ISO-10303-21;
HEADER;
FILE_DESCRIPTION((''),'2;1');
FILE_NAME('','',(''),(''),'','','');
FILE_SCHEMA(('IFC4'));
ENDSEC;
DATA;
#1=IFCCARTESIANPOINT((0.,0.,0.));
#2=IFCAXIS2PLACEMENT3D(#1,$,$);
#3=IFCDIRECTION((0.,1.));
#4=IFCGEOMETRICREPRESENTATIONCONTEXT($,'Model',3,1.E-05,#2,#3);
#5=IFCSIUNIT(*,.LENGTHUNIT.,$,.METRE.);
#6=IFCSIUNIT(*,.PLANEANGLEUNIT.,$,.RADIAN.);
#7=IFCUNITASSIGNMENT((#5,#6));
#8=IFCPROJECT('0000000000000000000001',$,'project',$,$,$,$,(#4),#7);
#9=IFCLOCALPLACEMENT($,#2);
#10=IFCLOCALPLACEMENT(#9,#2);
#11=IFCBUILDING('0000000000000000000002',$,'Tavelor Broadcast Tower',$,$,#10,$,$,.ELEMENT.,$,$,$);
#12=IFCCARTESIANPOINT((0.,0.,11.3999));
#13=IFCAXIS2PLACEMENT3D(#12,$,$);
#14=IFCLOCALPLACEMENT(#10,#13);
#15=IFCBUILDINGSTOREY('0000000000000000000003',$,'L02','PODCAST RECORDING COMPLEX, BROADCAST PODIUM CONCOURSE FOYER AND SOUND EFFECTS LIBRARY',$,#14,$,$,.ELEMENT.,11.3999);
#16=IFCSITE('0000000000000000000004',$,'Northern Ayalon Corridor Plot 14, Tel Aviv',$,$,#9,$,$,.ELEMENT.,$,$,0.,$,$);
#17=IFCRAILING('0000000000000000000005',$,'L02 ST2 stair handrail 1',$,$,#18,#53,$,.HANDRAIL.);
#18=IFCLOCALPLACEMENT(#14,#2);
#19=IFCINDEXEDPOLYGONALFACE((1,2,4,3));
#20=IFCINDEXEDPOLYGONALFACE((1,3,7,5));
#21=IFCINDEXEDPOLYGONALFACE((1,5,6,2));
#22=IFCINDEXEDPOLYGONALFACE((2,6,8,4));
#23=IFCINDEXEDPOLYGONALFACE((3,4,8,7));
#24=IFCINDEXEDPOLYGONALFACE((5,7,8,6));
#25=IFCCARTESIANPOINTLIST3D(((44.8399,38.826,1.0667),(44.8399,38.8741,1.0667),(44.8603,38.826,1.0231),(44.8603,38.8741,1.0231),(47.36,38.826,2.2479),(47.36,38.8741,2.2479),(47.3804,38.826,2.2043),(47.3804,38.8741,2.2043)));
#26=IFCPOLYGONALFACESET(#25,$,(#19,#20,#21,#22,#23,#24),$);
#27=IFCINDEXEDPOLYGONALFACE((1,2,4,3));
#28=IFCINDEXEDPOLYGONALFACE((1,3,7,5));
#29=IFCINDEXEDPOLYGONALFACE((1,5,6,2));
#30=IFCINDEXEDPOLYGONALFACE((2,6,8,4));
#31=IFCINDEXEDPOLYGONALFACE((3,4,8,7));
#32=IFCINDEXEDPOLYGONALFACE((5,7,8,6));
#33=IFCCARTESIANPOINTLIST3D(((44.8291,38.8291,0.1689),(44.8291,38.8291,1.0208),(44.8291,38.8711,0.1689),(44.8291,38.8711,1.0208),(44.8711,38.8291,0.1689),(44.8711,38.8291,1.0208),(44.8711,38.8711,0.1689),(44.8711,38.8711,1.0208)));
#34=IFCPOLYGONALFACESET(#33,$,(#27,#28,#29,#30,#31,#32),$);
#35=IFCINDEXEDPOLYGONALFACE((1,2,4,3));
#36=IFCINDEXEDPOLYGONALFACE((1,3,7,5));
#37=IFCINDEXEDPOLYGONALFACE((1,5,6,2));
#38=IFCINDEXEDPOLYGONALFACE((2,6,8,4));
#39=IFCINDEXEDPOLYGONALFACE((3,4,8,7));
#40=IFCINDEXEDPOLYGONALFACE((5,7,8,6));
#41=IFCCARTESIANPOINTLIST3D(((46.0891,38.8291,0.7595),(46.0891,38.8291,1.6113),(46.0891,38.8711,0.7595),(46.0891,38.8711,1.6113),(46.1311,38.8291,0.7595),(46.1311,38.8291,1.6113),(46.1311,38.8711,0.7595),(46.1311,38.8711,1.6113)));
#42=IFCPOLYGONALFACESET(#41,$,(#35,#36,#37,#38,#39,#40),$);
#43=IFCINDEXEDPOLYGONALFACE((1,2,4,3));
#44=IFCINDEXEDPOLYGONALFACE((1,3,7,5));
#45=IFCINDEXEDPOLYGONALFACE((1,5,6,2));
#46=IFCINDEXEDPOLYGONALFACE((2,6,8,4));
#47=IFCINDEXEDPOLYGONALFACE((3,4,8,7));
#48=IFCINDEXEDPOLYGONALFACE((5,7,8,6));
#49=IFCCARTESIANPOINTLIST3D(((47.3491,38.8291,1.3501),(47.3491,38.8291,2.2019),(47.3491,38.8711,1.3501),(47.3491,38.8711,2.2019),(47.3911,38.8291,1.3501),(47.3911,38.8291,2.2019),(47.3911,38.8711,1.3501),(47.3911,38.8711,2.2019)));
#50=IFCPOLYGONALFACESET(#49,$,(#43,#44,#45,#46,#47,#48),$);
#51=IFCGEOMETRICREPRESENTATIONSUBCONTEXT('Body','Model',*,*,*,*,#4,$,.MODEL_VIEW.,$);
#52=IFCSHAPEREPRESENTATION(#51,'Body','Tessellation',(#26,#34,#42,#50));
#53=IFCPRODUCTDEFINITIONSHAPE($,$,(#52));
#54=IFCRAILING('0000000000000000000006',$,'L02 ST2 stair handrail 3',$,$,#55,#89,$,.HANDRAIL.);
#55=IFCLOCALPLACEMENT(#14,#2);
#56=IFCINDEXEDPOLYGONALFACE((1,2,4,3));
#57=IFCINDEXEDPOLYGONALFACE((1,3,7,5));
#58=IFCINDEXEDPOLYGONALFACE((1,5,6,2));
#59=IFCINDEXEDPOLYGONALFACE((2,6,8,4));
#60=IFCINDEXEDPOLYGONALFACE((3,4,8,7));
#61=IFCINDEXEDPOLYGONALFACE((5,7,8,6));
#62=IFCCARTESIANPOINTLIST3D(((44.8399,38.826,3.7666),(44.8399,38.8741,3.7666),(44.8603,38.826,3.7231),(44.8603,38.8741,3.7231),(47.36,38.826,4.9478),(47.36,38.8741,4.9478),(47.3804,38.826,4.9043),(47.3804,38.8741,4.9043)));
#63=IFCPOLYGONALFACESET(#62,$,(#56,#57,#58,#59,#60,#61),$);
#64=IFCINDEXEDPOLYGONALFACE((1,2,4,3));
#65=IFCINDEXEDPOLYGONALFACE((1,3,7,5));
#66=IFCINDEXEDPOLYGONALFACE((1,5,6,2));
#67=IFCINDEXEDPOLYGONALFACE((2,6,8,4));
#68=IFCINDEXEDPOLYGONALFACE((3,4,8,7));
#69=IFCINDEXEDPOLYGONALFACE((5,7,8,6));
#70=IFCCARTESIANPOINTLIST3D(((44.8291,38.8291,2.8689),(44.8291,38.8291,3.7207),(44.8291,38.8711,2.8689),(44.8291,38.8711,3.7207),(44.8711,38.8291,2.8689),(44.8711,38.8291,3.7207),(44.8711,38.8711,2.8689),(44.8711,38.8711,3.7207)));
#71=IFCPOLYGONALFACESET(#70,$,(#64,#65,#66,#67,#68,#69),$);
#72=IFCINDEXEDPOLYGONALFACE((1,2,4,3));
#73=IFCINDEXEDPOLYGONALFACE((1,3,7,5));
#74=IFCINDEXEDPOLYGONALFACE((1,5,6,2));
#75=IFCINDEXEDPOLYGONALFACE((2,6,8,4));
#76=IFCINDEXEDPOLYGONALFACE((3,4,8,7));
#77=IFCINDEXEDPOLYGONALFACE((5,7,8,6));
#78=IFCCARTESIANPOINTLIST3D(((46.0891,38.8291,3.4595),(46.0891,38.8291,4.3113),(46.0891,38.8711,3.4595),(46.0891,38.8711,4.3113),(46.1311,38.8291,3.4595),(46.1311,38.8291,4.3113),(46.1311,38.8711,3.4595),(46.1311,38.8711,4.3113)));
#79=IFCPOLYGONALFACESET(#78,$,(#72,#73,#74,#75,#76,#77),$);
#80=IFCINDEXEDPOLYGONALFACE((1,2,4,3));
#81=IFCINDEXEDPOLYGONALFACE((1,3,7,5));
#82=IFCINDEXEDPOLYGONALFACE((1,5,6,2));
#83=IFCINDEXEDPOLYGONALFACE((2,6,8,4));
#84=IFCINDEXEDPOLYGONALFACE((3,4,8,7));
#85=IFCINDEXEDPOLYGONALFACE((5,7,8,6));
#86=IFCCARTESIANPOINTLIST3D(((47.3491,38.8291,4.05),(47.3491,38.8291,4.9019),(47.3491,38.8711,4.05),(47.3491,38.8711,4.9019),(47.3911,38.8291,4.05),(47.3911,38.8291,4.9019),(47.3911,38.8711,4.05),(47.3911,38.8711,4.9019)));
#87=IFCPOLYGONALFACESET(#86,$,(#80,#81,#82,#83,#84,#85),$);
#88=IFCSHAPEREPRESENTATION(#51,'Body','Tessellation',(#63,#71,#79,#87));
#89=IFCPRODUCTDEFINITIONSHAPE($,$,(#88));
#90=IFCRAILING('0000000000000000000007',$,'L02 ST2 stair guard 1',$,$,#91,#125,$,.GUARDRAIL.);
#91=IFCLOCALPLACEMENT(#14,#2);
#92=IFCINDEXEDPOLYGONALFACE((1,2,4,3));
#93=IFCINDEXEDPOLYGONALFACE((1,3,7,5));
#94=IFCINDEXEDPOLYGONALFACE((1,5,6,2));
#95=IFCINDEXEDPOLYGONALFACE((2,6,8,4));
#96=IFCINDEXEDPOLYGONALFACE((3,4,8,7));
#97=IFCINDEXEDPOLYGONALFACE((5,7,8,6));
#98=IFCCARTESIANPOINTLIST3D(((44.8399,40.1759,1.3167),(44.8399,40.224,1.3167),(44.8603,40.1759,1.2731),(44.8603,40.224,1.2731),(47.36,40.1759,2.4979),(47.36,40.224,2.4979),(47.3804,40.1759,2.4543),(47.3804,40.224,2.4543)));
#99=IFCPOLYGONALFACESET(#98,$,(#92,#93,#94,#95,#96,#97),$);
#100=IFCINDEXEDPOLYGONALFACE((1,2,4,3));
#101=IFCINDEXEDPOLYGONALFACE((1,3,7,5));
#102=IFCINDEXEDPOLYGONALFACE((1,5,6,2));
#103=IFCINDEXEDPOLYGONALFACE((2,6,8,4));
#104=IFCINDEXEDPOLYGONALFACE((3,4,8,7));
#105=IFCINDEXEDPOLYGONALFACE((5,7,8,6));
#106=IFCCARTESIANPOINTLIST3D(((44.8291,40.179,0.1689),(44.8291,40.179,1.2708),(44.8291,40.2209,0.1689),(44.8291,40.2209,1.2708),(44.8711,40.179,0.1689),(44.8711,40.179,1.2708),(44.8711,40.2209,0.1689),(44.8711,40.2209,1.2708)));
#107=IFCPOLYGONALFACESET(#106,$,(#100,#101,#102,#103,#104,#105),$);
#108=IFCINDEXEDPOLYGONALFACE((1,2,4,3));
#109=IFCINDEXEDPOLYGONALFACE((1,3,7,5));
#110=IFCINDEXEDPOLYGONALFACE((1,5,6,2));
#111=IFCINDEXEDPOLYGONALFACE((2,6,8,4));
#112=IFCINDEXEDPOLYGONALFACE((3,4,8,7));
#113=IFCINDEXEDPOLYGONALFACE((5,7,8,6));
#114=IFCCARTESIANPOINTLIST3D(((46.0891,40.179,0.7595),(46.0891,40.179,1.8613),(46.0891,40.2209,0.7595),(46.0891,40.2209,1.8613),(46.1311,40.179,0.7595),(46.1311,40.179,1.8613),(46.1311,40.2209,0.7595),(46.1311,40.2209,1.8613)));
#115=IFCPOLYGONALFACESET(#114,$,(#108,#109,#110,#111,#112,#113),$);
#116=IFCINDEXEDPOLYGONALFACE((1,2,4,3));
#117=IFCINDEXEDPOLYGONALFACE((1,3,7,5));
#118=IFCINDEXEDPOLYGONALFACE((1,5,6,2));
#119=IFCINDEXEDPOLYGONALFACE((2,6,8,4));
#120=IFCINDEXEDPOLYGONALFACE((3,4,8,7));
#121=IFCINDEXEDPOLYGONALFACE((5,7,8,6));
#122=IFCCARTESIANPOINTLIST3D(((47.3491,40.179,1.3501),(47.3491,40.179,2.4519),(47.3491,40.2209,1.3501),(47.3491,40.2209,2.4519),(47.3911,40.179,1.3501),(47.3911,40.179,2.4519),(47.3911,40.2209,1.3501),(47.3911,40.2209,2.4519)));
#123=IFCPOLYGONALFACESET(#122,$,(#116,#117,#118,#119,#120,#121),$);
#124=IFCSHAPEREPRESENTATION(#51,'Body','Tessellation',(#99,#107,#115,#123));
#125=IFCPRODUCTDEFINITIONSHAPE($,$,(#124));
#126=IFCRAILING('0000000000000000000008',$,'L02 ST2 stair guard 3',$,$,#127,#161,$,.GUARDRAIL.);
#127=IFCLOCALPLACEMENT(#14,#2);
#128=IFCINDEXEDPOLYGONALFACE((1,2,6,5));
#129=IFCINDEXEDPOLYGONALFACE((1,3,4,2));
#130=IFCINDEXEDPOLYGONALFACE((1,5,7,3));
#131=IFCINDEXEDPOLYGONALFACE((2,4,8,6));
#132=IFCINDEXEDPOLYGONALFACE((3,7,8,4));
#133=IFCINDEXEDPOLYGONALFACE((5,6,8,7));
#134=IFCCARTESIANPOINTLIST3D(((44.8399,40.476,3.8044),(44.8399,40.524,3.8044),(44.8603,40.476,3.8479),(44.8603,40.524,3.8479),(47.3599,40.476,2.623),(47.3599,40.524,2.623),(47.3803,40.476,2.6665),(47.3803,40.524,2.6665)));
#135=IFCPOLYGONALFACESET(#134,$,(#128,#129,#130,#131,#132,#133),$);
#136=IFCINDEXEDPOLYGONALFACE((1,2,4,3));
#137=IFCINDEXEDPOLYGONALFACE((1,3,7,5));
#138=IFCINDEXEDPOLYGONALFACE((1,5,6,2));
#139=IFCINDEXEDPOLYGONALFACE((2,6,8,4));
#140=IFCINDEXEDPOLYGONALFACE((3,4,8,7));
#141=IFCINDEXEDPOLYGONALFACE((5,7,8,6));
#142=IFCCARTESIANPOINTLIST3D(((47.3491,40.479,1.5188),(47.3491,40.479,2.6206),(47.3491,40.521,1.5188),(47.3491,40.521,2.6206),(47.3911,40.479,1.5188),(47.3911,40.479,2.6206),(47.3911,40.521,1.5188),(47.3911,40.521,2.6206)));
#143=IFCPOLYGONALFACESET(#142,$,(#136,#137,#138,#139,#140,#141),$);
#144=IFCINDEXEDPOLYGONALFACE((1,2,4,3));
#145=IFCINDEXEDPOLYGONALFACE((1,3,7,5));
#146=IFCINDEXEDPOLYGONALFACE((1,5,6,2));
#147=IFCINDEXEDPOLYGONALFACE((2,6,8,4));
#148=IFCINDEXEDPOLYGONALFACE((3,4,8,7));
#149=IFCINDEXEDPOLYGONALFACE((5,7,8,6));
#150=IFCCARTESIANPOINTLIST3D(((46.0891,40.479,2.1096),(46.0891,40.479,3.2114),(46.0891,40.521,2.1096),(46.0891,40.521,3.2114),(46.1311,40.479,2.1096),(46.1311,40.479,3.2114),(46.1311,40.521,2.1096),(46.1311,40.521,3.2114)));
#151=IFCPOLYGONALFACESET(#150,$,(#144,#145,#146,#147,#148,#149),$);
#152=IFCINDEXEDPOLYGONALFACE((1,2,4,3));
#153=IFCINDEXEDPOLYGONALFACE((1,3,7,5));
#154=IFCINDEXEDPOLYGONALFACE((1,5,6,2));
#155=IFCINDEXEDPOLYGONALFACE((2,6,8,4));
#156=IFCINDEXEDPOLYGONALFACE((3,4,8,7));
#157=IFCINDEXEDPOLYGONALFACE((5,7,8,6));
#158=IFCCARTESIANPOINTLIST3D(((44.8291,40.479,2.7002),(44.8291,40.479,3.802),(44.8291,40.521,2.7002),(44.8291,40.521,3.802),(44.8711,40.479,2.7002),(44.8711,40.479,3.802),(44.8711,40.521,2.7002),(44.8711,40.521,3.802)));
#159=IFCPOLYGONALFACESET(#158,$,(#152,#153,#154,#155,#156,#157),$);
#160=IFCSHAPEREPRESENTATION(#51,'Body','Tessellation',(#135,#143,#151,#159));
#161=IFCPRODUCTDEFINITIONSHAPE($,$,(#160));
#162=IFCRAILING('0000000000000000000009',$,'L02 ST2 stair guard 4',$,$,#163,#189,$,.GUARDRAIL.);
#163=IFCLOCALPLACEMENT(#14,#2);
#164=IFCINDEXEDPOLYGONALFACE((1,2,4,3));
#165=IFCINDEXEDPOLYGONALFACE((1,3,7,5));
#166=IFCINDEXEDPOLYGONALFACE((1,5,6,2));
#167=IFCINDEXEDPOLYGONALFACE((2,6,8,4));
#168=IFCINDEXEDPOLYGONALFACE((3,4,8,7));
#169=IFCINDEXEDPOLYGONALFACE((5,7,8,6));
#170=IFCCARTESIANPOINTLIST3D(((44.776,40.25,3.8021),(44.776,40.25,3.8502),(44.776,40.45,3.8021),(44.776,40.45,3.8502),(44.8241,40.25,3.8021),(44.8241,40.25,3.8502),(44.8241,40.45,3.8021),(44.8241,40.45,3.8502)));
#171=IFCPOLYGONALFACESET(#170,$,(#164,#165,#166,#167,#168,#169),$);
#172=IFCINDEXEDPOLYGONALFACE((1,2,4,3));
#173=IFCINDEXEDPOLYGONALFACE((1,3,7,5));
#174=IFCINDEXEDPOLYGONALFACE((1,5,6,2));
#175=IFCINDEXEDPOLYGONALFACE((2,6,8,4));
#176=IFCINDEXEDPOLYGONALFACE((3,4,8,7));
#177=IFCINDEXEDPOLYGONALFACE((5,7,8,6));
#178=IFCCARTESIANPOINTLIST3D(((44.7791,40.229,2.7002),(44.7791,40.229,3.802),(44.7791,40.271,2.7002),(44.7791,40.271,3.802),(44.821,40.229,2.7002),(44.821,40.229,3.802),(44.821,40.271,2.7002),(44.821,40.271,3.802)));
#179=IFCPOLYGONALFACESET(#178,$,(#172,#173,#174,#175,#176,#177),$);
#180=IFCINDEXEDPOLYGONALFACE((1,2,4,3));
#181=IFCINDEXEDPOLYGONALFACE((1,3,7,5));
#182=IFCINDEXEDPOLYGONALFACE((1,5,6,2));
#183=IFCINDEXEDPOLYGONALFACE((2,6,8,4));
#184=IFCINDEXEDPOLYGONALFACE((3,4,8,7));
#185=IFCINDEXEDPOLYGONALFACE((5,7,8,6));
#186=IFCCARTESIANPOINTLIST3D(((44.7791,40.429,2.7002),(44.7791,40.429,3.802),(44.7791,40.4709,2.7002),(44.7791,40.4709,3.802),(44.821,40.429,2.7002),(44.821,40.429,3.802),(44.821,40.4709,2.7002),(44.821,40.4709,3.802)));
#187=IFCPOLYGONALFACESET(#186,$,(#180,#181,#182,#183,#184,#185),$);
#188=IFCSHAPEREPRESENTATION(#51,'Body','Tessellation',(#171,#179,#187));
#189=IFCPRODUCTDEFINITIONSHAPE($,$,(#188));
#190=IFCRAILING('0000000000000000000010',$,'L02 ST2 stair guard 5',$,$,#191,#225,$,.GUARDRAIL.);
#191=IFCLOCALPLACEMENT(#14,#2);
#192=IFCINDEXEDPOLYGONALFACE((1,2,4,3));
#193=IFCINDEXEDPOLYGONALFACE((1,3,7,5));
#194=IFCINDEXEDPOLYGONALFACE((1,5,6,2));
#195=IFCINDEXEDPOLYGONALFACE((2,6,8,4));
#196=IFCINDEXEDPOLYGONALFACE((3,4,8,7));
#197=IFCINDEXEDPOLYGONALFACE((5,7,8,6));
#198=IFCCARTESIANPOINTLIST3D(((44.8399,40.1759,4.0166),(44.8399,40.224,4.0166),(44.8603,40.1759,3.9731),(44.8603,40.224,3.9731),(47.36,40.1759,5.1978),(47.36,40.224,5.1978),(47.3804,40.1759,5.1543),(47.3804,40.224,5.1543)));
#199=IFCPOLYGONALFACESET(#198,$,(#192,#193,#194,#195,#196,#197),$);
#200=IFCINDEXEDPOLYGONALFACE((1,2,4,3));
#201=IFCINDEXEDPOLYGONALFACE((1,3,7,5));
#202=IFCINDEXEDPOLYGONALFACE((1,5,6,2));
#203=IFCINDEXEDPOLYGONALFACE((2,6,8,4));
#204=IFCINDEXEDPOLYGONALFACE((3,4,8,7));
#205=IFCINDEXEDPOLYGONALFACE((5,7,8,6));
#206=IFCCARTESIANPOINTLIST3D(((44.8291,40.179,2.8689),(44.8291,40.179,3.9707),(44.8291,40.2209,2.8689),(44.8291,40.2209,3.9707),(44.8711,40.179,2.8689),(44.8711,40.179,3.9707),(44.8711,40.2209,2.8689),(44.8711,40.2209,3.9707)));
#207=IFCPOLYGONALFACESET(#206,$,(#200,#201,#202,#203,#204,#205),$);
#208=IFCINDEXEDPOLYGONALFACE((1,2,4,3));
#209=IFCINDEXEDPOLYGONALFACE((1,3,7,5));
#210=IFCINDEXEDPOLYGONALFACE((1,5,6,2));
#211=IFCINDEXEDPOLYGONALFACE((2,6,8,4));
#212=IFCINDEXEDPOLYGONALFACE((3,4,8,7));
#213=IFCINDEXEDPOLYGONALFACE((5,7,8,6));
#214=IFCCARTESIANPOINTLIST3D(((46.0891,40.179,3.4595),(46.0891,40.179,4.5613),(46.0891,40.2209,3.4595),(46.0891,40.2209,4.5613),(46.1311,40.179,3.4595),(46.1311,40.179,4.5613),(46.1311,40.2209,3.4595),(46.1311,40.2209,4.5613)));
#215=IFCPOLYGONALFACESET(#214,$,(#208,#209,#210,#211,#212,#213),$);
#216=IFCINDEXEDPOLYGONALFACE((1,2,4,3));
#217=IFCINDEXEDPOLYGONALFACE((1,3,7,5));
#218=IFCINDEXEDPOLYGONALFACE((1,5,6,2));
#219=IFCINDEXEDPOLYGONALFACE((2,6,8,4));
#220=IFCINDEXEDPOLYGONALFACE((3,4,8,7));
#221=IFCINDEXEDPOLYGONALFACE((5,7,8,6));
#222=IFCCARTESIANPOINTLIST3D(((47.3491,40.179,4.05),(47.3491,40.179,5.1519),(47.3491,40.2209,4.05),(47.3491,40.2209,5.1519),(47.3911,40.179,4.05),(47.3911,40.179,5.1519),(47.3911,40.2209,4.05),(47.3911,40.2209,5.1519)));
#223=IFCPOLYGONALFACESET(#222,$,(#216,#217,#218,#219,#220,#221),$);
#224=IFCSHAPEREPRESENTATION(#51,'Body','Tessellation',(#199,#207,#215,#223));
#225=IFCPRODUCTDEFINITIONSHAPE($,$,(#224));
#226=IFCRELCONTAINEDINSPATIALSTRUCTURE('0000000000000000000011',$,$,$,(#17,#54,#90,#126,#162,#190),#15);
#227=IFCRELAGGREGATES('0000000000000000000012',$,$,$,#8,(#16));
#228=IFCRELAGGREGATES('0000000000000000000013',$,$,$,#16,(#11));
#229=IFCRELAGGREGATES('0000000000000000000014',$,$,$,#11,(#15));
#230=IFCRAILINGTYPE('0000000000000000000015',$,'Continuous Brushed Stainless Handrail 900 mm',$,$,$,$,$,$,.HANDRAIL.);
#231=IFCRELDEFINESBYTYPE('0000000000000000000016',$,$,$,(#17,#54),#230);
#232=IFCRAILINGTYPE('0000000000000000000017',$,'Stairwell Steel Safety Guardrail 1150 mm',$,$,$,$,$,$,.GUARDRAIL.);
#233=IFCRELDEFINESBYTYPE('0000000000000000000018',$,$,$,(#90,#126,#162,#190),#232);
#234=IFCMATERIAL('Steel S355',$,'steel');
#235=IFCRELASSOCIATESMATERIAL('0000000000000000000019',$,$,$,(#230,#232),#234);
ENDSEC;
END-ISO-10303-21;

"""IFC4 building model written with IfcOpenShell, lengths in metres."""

from ifc_helpers import new_model, si_unit, direction, frame, origin, origin_2d, place, context, subcontext, project, spatial, rectangle, extrude, material, type_object, element, save


model = new_model("IFC4")

# Units and contexts
model_context = context("Model", 3, precision=1e-05, world=origin(), true_north=direction((0.0, 1.0)))
body_context = subcontext(model_context, "Body", "Model", "MODEL_VIEW")
ifc_project = project(units=[si_unit("LENGTHUNIT", "METRE"), si_unit("PLANEANGLEUNIT", "RADIAN")], contexts=[model_context])

# Site, building, storey
site_placement = place(None, origin())
site = spatial("IfcSite", under=ifc_project, at=site_placement, Name="Northern Ayalon Corridor Plot 14, Tel Aviv", CompositionType="ELEMENT", RefElevation=0.0)
building_placement = place(site_placement, origin())
building = spatial("IfcBuilding", under=site, at=building_placement, Name="Tavelor Broadcast Tower", CompositionType="ELEMENT")
storey_placement = place(building_placement, frame((0.0, 0.0, 11.3999)))
storey = spatial("IfcBuildingStorey", under=building, at=storey_placement, Name="L02", Description="PODCAST RECORDING COMPLEX, BROADCAST PODIUM CONCOURSE FOYER AND SOUND EFFECTS LIBRARY", CompositionType="ELEMENT", Elevation=11.3999)

# Shared definitions
ifc_material_1 = material(Name="Steel S355", Category="steel")

# Railings
railing_type_1 = type_object("IfcRailingType", Name="Continuous Brushed Stainless Handrail 900 mm", PredefinedType="HANDRAIL", material=ifc_material_1)
for number, where, name in (
    (1, (44.8501, 38.8501, 0.1689), "L02 ST2 stair handrail 1"),
    (2, (44.8501, 38.8501, 2.8689), "L02 ST2 stair handrail 3"),
):
    element("IfcRailing", number, at=place(storey_placement, frame(where)), inside=storey, type_object=railing_type_1, Name=name, PredefinedType="HANDRAIL", context=body_context, shape_type="SweptSolid", body=[
        extrude(rectangle(XDim=0.0481, YDim=0.0481, at=origin_2d()), frame((0.0, 0.0, 0.876), z_axis=(0.905474, 0.0, 0.424402), x_axis=(0.0, 1.0, 0.0)), (0.0, 0.0, 1.0), 2.7832),
        extrude(rectangle(XDim=0.042, YDim=0.042, at=origin_2d()), origin(), (0.0, 0.0, 1.0), 0.8518),
        extrude(rectangle(XDim=0.042, YDim=0.042, at=origin_2d()), frame((1.26, 0.0, 0.5906)), (0.0, 0.0, 1.0), 0.8518),
        extrude(rectangle(XDim=0.042, YDim=0.042, at=origin_2d()), frame((2.52, 0.0, 1.1812)), (0.0, 0.0, 1.0), 0.8518),
    ])
railing_type_2 = type_object("IfcRailingType", Name="Stairwell Steel Safety Guardrail 1150 mm", PredefinedType="GUARDRAIL", material=ifc_material_1)
railing_1_placement = place(storey_placement, frame((44.8501, 40.2, 0.1689)))
element("IfcRailing", 3, at=railing_1_placement, inside=storey, type_object=railing_type_2, Name="L02 ST2 stair guard 1", PredefinedType="GUARDRAIL", context=body_context, shape_type="SweptSolid", body=[
    extrude(rectangle(XDim=0.0481, YDim=0.0481, at=origin_2d()), frame((0.0, 0.0, 1.126), z_axis=(0.905474, 0.0, 0.424402), x_axis=(0.0, 1.0, 0.0)), (0.0, 0.0, 1.0), 2.7832),
    extrude(rectangle(XDim=0.042, YDim=0.042, at=origin_2d()), origin(), (0.0, 0.0, 1.0), 1.1018),
    extrude(rectangle(XDim=0.042, YDim=0.042, at=origin_2d()), frame((1.26, 0.0, 0.5906)), (0.0, 0.0, 1.0), 1.1018),
    extrude(rectangle(XDim=0.042, YDim=0.042, at=origin_2d()), frame((2.52, 0.0, 1.1812)), (0.0, 0.0, 1.0), 1.1018),
])
railing_2_placement = place(storey_placement, frame((47.3701, 40.5, 1.5188)))
element("IfcRailing", 4, at=railing_2_placement, inside=storey, type_object=railing_type_2, Name="L02 ST2 stair guard 3", PredefinedType="GUARDRAIL", context=body_context, shape_type="SweptSolid", body=[
    extrude(rectangle(XDim=0.0481, YDim=0.0481, at=origin_2d()), frame((0.0, 0.0, 1.126), z_axis=(-0.90544, 0.0, 0.424474), x_axis=(0.0, -1.0, 0.0)), (0.0, 0.0, 1.0), 2.7832),
    extrude(rectangle(XDim=0.042, YDim=0.042, at=origin_2d()), origin(), (0.0, 0.0, 1.0), 1.1018),
    extrude(rectangle(XDim=0.042, YDim=0.042, at=origin_2d()), frame((-1.26, 0.0, 0.5908)), (0.0, 0.0, 1.0), 1.1018),
    extrude(rectangle(XDim=0.042, YDim=0.042, at=origin_2d()), frame((-2.52, 0.0, 1.1814)), (0.0, 0.0, 1.0), 1.1018),
])
railing_3_placement = place(storey_placement, frame((44.8, 40.25, 2.7002)))
element("IfcRailing", 5, at=railing_3_placement, inside=storey, type_object=railing_type_2, Name="L02 ST2 stair guard 4", PredefinedType="GUARDRAIL", context=body_context, shape_type="SweptSolid", body=[
    extrude(rectangle(XDim=0.0481, YDim=0.0481, at=origin_2d()), frame((0.0, 0.0, 1.126), z_axis=(0.0, 1.0, 0.0), x_axis=(-1.0, 0.0, 0.0)), (0.0, 0.0, 1.0), 0.2),
    extrude(rectangle(XDim=0.042, YDim=0.042, at=origin_2d()), origin(), (0.0, 0.0, 1.0), 1.1018),
    extrude(rectangle(XDim=0.042, YDim=0.042, at=origin_2d()), frame((0.0, 0.2, 0.0)), (0.0, 0.0, 1.0), 1.1018),
])
railing_4_placement = place(storey_placement, frame((44.8501, 40.2, 2.8689)))
element("IfcRailing", 6, at=railing_4_placement, inside=storey, type_object=railing_type_2, Name="L02 ST2 stair guard 5", PredefinedType="GUARDRAIL", context=body_context, shape_type="SweptSolid", body=[
    extrude(rectangle(XDim=0.0481, YDim=0.0481, at=origin_2d()), frame((0.0, 0.0, 1.126), z_axis=(0.905474, 0.0, 0.424402), x_axis=(0.0, 1.0, 0.0)), (0.0, 0.0, 1.0), 2.7832),
    extrude(rectangle(XDim=0.042, YDim=0.042, at=origin_2d()), origin(), (0.0, 0.0, 1.0), 1.1018),
    extrude(rectangle(XDim=0.042, YDim=0.042, at=origin_2d()), frame((1.26, 0.0, 0.5906)), (0.0, 0.0, 1.0), 1.1018),
    extrude(rectangle(XDim=0.042, YDim=0.042, at=origin_2d()), frame((2.52, 0.0, 1.1812)), (0.0, 0.0, 1.0), 1.1018),
])

save(model, "model.ifc")
